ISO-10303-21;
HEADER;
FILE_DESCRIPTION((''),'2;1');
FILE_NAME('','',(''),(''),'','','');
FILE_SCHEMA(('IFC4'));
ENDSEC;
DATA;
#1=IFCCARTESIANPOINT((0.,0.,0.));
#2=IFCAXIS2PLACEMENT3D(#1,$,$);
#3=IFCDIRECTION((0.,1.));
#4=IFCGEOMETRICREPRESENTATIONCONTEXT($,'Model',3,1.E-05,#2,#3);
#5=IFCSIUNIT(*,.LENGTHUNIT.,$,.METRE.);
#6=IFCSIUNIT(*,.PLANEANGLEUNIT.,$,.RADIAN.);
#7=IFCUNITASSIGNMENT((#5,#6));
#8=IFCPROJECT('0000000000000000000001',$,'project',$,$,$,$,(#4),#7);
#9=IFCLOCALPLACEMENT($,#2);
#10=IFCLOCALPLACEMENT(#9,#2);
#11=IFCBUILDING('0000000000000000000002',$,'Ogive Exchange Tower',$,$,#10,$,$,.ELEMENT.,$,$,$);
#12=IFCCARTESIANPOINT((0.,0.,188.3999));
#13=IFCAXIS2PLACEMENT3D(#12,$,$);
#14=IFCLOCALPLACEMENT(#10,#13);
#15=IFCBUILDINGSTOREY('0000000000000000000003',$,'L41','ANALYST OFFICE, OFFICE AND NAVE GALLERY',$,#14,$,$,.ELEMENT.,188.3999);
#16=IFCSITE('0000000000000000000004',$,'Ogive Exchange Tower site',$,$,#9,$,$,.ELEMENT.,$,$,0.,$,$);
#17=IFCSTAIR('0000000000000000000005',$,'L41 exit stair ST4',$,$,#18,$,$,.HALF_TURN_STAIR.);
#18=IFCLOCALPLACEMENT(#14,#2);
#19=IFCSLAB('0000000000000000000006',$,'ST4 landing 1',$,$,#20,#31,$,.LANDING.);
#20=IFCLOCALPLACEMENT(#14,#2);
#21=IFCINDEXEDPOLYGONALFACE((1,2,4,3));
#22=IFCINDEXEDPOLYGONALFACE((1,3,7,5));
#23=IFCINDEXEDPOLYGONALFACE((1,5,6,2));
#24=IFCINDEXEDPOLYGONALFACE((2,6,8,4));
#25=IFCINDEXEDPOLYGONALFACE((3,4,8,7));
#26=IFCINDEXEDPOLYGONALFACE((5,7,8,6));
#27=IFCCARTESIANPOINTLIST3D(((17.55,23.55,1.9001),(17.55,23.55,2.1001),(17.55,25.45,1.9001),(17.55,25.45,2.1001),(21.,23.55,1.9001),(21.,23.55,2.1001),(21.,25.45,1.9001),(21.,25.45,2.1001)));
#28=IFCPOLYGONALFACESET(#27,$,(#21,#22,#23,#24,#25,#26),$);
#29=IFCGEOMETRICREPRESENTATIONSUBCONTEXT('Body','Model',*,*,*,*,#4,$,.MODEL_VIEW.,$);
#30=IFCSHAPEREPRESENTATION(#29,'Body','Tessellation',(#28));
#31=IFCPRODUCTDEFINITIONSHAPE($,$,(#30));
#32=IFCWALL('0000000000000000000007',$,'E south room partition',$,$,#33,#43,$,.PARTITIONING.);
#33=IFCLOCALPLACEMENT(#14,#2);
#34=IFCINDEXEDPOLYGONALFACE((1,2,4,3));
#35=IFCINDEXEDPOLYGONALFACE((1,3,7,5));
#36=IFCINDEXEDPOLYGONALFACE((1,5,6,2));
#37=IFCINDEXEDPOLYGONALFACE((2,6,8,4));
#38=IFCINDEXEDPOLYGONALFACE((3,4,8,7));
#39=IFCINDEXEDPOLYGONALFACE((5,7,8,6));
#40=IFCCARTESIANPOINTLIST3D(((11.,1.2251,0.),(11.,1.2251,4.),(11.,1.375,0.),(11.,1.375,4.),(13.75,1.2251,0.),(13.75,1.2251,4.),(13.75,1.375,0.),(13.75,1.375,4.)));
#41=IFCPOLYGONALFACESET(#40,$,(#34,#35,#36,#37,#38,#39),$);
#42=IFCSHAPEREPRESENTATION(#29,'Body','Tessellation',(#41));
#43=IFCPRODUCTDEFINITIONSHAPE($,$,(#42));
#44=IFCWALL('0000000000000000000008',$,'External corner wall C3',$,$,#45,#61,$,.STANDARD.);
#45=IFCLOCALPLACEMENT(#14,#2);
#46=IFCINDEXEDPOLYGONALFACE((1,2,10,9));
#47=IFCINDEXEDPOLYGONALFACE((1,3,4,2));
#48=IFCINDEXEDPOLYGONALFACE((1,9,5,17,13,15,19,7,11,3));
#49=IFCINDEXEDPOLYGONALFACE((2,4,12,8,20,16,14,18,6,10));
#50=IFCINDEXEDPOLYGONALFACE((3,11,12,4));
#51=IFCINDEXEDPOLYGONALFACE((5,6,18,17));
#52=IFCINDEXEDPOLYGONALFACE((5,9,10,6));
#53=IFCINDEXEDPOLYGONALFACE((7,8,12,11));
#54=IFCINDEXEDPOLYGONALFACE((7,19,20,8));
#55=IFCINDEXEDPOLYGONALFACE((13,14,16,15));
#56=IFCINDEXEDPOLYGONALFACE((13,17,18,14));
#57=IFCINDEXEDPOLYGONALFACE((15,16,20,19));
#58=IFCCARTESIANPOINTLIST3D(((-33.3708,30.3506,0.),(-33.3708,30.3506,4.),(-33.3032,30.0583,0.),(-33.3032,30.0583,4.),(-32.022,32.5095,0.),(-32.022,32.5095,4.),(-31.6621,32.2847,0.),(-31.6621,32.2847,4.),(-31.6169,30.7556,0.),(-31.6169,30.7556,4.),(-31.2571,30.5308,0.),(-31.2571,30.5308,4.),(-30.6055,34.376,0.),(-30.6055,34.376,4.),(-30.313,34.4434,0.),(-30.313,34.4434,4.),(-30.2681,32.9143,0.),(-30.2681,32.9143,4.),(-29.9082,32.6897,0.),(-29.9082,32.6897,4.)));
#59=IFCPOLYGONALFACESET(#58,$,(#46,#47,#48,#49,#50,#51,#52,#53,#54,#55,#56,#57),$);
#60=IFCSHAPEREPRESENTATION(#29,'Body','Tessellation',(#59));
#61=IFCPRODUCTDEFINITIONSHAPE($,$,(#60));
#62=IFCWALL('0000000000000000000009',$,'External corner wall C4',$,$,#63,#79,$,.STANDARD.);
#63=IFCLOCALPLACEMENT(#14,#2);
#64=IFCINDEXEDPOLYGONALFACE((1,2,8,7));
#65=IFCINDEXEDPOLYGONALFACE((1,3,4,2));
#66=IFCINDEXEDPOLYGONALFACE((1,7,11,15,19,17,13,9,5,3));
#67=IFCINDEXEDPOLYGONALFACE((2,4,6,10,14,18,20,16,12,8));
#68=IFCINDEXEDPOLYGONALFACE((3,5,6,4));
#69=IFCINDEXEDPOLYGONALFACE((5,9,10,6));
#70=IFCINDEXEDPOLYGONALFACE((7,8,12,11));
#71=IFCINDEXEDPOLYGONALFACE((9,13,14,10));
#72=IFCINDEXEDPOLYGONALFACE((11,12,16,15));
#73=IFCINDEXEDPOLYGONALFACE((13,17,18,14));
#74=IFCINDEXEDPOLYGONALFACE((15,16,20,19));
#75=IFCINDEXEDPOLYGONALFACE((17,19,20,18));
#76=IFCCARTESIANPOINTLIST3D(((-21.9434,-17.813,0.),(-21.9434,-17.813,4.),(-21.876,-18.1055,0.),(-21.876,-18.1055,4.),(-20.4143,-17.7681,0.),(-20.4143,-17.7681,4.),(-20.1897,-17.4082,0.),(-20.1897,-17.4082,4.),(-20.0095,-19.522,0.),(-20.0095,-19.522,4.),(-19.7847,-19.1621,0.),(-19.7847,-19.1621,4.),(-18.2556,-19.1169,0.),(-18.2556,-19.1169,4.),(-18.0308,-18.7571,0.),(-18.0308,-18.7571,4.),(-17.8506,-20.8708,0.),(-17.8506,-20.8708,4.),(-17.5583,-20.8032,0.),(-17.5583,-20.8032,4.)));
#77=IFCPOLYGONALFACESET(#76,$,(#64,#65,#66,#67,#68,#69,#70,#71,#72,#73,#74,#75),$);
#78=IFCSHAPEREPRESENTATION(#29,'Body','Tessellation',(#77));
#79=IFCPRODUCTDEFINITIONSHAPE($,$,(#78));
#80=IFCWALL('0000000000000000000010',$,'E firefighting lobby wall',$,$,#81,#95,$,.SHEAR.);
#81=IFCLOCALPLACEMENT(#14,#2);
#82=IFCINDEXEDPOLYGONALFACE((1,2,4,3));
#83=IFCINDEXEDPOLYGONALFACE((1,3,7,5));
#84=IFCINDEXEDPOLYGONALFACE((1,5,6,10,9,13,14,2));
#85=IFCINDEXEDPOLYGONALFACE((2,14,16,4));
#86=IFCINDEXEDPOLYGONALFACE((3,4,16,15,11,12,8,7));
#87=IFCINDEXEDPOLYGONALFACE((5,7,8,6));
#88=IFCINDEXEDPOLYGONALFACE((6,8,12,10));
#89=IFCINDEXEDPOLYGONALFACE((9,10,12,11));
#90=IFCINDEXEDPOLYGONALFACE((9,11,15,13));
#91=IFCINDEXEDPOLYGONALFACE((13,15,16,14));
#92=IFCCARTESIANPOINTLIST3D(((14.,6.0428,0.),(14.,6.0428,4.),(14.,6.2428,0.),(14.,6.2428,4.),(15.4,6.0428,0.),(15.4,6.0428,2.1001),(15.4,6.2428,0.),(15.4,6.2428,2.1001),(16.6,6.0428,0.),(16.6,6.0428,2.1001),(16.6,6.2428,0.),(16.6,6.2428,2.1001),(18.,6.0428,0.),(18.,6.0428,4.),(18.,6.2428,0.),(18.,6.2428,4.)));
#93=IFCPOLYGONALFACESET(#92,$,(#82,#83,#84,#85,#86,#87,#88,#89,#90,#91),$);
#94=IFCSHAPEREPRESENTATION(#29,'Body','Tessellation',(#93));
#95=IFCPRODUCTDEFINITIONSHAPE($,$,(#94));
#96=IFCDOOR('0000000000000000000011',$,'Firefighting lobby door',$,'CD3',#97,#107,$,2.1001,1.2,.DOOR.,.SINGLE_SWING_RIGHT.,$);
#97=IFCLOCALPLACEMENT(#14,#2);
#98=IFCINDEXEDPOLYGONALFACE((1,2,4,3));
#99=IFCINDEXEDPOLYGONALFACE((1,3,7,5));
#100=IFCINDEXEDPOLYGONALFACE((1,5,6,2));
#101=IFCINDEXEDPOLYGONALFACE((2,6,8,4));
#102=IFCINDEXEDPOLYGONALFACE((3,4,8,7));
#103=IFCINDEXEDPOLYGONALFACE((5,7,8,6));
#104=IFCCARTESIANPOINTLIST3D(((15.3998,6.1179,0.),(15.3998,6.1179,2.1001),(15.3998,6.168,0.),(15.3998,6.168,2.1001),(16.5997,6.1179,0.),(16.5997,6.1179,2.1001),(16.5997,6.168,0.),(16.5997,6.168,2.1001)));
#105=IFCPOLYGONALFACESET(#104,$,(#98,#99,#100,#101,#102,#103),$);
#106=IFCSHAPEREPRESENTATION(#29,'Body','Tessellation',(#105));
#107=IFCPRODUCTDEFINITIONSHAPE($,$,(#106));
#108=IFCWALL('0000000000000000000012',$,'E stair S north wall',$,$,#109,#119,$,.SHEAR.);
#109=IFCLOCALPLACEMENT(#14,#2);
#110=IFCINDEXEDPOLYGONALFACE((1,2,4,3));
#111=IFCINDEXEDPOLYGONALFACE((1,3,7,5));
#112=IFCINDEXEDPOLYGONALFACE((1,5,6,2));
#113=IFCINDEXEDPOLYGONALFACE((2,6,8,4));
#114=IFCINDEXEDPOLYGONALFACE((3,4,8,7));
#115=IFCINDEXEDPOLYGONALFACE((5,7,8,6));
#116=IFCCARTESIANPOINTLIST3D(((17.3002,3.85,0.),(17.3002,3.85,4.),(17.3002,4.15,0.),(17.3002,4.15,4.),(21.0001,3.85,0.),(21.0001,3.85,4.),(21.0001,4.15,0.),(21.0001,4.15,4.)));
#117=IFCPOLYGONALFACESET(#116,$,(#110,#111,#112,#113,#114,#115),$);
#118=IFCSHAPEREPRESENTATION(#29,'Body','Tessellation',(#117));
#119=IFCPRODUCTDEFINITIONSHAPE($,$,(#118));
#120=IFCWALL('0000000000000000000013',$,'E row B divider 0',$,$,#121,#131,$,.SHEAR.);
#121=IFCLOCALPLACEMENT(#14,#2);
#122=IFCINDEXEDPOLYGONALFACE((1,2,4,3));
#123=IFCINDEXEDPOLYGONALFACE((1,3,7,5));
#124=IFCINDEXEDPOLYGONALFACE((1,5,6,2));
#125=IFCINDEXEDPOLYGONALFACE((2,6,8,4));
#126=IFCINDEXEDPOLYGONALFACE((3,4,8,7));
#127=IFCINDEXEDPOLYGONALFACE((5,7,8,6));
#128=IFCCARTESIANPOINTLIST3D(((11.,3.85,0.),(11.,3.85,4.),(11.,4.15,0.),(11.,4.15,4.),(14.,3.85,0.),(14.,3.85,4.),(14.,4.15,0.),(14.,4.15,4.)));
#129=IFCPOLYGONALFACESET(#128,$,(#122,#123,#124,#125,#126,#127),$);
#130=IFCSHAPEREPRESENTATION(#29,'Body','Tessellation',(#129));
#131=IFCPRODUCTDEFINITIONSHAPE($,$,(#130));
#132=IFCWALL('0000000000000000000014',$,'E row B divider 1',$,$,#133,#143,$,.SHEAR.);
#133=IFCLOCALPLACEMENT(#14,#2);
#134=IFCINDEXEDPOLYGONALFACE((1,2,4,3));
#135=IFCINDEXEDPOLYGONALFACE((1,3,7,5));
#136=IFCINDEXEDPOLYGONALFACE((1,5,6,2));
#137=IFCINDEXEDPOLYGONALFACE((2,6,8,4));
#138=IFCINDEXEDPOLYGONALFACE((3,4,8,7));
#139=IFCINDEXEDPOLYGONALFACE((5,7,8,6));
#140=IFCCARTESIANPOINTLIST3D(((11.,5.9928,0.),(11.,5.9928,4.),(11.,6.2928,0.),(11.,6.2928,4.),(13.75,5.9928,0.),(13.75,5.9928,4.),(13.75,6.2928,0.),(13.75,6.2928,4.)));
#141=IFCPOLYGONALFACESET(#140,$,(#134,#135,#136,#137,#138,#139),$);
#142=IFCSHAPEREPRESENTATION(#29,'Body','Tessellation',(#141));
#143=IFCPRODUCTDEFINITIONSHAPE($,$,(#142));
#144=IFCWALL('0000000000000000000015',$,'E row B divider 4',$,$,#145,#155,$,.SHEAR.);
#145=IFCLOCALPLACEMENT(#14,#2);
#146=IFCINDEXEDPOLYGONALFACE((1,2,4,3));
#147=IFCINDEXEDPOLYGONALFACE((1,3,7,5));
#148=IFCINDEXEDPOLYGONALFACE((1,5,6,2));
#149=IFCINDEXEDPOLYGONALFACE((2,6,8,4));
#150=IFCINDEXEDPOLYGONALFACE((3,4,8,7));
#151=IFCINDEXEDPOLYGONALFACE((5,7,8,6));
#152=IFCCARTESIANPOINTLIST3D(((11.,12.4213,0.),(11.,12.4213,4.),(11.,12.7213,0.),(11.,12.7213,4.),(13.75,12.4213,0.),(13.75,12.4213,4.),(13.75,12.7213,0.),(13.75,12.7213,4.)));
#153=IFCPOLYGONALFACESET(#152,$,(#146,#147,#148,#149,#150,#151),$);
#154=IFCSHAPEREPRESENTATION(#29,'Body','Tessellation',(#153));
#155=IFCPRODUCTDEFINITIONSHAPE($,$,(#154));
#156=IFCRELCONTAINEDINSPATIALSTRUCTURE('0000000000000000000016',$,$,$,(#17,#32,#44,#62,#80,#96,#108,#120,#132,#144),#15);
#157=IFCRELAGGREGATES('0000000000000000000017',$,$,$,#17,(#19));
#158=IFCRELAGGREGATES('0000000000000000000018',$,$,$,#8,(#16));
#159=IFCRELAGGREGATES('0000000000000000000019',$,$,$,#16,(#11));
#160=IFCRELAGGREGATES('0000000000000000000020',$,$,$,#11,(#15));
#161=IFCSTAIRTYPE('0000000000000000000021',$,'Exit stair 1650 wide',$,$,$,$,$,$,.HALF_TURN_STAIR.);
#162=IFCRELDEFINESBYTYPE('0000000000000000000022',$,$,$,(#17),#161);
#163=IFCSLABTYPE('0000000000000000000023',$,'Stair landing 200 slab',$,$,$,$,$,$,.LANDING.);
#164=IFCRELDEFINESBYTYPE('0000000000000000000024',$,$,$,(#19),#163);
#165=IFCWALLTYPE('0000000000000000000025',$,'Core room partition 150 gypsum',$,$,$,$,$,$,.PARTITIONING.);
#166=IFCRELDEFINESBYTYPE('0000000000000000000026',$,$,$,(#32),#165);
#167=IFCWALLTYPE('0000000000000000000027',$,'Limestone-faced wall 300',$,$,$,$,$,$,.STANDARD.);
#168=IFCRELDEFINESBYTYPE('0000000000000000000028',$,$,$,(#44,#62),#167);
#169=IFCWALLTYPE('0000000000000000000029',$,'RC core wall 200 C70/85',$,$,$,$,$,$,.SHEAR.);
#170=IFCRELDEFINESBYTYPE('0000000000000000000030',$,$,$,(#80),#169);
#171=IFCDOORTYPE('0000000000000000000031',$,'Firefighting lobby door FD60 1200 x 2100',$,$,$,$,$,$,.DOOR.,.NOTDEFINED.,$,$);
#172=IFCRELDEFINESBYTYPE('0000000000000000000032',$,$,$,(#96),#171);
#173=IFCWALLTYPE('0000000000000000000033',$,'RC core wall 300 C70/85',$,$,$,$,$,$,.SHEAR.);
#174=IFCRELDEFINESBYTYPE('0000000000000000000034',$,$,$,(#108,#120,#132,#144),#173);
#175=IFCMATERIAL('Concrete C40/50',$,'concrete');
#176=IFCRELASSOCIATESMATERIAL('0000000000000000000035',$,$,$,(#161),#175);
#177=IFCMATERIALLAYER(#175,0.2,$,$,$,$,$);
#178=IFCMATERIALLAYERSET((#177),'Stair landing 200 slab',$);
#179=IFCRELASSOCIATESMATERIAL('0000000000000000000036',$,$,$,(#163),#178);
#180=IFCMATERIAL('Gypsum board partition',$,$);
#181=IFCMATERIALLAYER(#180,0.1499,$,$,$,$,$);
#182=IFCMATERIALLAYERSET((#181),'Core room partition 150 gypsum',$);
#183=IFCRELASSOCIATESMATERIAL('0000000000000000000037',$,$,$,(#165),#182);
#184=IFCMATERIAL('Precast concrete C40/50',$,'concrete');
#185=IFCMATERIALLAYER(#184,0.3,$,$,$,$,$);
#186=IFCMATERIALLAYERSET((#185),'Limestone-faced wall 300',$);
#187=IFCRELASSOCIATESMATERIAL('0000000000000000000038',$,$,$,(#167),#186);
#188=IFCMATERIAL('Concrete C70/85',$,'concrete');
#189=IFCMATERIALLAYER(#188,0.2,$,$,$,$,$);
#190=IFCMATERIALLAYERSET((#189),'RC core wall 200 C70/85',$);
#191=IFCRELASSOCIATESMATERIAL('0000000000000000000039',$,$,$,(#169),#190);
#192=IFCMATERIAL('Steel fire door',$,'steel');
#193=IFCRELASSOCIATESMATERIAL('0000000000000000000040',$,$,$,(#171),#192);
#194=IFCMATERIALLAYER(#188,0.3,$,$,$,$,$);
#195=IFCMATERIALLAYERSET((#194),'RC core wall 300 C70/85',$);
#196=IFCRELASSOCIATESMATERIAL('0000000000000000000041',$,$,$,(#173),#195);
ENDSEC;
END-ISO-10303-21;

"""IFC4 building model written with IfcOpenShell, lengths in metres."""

from ifc_helpers import new_model, si_unit, direction, frame, frame_2d, origin, place, context, subcontext, project, spatial, polyline, rectangle, outline, extrude, material, layer, layer_set, type_object, element, fill, aggregate, save


model = new_model("IFC4")

# Units and contexts
model_context = context("Model", 3, precision=1e-05, world=origin(), true_north=direction((0.0, 1.0)))
body_context = subcontext(model_context, "Body", "Model", "MODEL_VIEW")
ifc_project = project(units=[si_unit("LENGTHUNIT", "METRE"), si_unit("PLANEANGLEUNIT", "RADIAN")], contexts=[model_context])

# Site, building, storey
site_placement = place(None, origin())
site = spatial("IfcSite", under=ifc_project, at=site_placement, Name="Ogive Exchange Tower site", CompositionType="ELEMENT", RefElevation=0.0)
building_placement = place(site_placement, origin())
building = spatial("IfcBuilding", under=site, at=building_placement, Name="Ogive Exchange Tower", CompositionType="ELEMENT")
storey_placement = place(building_placement, frame((0.0, 0.0, 188.3999)))
storey = spatial("IfcBuildingStorey", under=building, at=storey_placement, Name="L41", Description="ANALYST OFFICE, OFFICE AND NAVE GALLERY", CompositionType="ELEMENT", Elevation=188.3999)

# Shared definitions
ifc_material_1 = material(Name="Concrete C70/85", Category="concrete")

# Stair, slab
ifc_material_2 = material(Name="Concrete C40/50", Category="concrete")
stair_type = type_object("IfcStairType", Name="Exit stair 1650 wide", PredefinedType="HALF_TURN_STAIR", material=ifc_material_2)
ifc_layer_1 = layer(ifc_material_2, 0.2)
ifc_layer_set_1 = layer_set([ifc_layer_1], Name="Stair landing 200 slab")
slab_type_1 = type_object("IfcSlabType", Name="Stair landing 200 slab", PredefinedType="LANDING", material=ifc_layer_set_1)
stair_1_placement = place(storey_placement, origin())
stair_1 = element("IfcStair", 1, at=stair_1_placement, inside=storey, type_object=stair_type, Name="L41 exit stair ST4", PredefinedType="HALF_TURN_STAIR")
slab_1_placement = place(storey_placement, frame((0.0, 0.0, 1.9001)))
slab_1 = element("IfcSlab", 2, at=slab_1_placement, type_object=slab_type_1, Name="ST4 landing 1", PredefinedType="LANDING", context=body_context, shape_type="SweptSolid", body=[
    extrude(outline(polyline([(21.0, 23.55), (21.0, 25.45), (17.55, 25.45), (17.55, 23.55), (21.0, 23.55)])), origin(), (0.0, 0.0, 1.0), 0.2),
])
aggregate(stair_1, [slab_1])

# Walls
ifc_material_3 = material(Name="Gypsum board partition")
ifc_layer_2 = layer(ifc_material_3, 0.1499)
ifc_layer_set_2 = layer_set([ifc_layer_2], Name="Core room partition 150 gypsum")
wall_type_1 = type_object("IfcWallType", Name="Core room partition 150 gypsum", PredefinedType="PARTITIONING", material=ifc_layer_set_2)
wall_1_placement = place(storey_placement, frame((11.0, 1.3, 0.0), z_axis=(0.0, 0.0, 1.0), x_axis=(1.0, 0.0, 0.0)))
element("IfcWall", 3, at=wall_1_placement, inside=storey, type_object=wall_type_1, Name="E south room partition", PredefinedType="PARTITIONING", context=body_context, shape_type="SweptSolid", body=[
    extrude(rectangle(XDim=2.75, YDim=0.1499, at=frame_2d((1.375, 0.0))), origin(), (0.0, 0.0, 1.0), 4.0),
])
ifc_material_4 = material(Name="Precast concrete C40/50", Category="concrete")
ifc_layer_3 = layer(ifc_material_4, 0.3)
ifc_layer_set_3 = layer_set([ifc_layer_3], Name="Limestone-faced wall 300")
wall_type_2 = type_object("IfcWallType", Name="Limestone-faced wall 300", PredefinedType="STANDARD", material=ifc_layer_set_3)
wall_2_placement = place(storey_placement, origin())
element("IfcWall", 4, at=wall_2_placement, inside=storey, type_object=wall_type_2, Name="External corner wall C3", PredefinedType="STANDARD", context=body_context, shape_type="SweptSolid", body=[
    extrude(outline(polyline([(-31.6169, 30.7556), (-32.022, 32.5095), (-30.2681, 32.9143), (-30.6055, 34.376), (-30.313, 34.4434), (-29.9082, 32.6897), (-31.6621, 32.2847), (-31.2571, 30.5308), (-33.3032, 30.0583), (-33.3708, 30.3506), (-31.6169, 30.7556)])), origin(), (0.0, 0.0, 1.0), 4.0),
])
wall_3_placement = place(storey_placement, origin())
element("IfcWall", 5, at=wall_3_placement, inside=storey, type_object=wall_type_2, Name="External corner wall C4", PredefinedType="STANDARD", context=body_context, shape_type="SweptSolid", body=[
    extrude(outline(polyline([(-18.2556, -19.1169), (-20.0095, -19.522), (-20.4143, -17.7681), (-21.876, -18.1055), (-21.9434, -17.813), (-20.1897, -17.4082), (-19.7847, -19.1621), (-18.0308, -18.7571), (-17.5583, -20.8032), (-17.8506, -20.8708), (-18.2556, -19.1169)])), origin(), (0.0, 0.0, 1.0), 4.0),
])

# Wall, opening, door
ifc_layer_4 = layer(ifc_material_1, 0.2)
ifc_layer_set_4 = layer_set([ifc_layer_4], Name="RC core wall 200 C70/85")
wall_type_3 = type_object("IfcWallType", Name="RC core wall 200 C70/85", PredefinedType="SHEAR", material=ifc_layer_set_4)
wall_4_placement = place(storey_placement, frame((14.0, 6.1428, 0.0), z_axis=(0.0, 0.0, 1.0), x_axis=(1.0, 0.0, 0.0)))
wall_4 = element("IfcWall", 6, at=wall_4_placement, inside=storey, type_object=wall_type_3, Name="E firefighting lobby wall", PredefinedType="SHEAR", context=body_context, shape_type="SweptSolid", body=[
    extrude(rectangle(XDim=4.0, YDim=0.2, at=frame_2d((2.0, 0.0))), origin(), (0.0, 0.0, 1.0), 4.0),
])
opening_placement = place(wall_4_placement, frame((1.3999, 0.0, 0.0)))
opening = element("IfcOpeningElement", 7, at=opening_placement, cuts=wall_4, PredefinedType="OPENING", context=body_context, shape_type="SweptSolid", body=[
    extrude(rectangle(XDim=1.2, YDim=2.1001, at=frame_2d((0.6001, 1.05))), frame((0.0, 0.1099, 0.0), z_axis=(0.0, -1.0, 0.0), x_axis=(1.0, 0.0, 0.0)), (0.0, 0.0, 1.0), 0.22),
])
ifc_material_5 = material(Name="Steel fire door", Category="steel")
door_type = type_object("IfcDoorType", Name="Firefighting lobby door FD60 1200 x 2100", OperationType="NOTDEFINED", PredefinedType="DOOR", material=ifc_material_5)
door_placement = place(opening_placement, frame((1.2, 0.0, 0.0), z_axis=(0.0, 0.0, 1.0), x_axis=(-1.0, 0.0, 0.0)))
door = element("IfcDoor", 8, at=door_placement, inside=storey, type_object=door_type, Name="Firefighting lobby door", ObjectType="CD3", OperationType="SINGLE_SWING_RIGHT", OverallHeight=2.1001, OverallWidth=1.2, PredefinedType="DOOR", context=body_context, shape_type="SweptSolid", body=[
    extrude(rectangle(XDim=1.2, YDim=2.1001, at=frame_2d((0.6001, 1.05))), frame((0.0, 0.0249, 0.0), z_axis=(0.0, -1.0, 0.0), x_axis=(1.0, 0.0, 0.0)), (0.0, 0.0, 1.0), 0.05),
])
fill(opening, door)

# Walls
ifc_layer_5 = layer(ifc_material_1, 0.3)
ifc_layer_set_5 = layer_set([ifc_layer_5], Name="RC core wall 300 C70/85")
wall_type_4 = type_object("IfcWallType", Name="RC core wall 300 C70/85", PredefinedType="SHEAR", material=ifc_layer_set_5)
wall_5_placement = place(storey_placement, frame((17.3, 4.0, 0.0), z_axis=(0.0, 0.0, 1.0), x_axis=(1.0, 0.0, 0.0)))
element("IfcWall", 9, at=wall_5_placement, inside=storey, type_object=wall_type_4, Name="E stair S north wall", PredefinedType="SHEAR", context=body_context, shape_type="SweptSolid", body=[
    extrude(rectangle(XDim=3.7, YDim=0.3, at=frame_2d((1.8501, 0.0))), origin(), (0.0, 0.0, 1.0), 4.0),
])
wall_6_placement = place(storey_placement, frame((11.0, 4.0, 0.0), z_axis=(0.0, 0.0, 1.0), x_axis=(1.0, 0.0, 0.0)))
element("IfcWall", 10, at=wall_6_placement, inside=storey, type_object=wall_type_4, Name="E row B divider 0", PredefinedType="SHEAR", context=body_context, shape_type="SweptSolid", body=[
    extrude(rectangle(XDim=3.0, YDim=0.3, at=frame_2d((1.5, 0.0))), origin(), (0.0, 0.0, 1.0), 4.0),
])
for number, where, z_axis, x_axis, name in (
    (11, (11.0, 6.1428, 0.0), (0.0, 0.0, 1.0), (1.0, 0.0, 0.0), "E row B divider 1"),
    (12, (11.0, 12.5713, 0.0), (0.0, 0.0, 1.0), (1.0, 0.0, 0.0), "E row B divider 4"),
):
    element("IfcWall", number, at=place(storey_placement, frame(where, z_axis=z_axis, x_axis=x_axis)), inside=storey, type_object=wall_type_4, Name=name, PredefinedType="SHEAR", context=body_context, shape_type="SweptSolid", body=[
        extrude(rectangle(XDim=2.75, YDim=0.3, at=frame_2d((1.375, 0.0))), origin(), (0.0, 0.0, 1.0), 4.0),
    ])

save(model, "model.ifc")
